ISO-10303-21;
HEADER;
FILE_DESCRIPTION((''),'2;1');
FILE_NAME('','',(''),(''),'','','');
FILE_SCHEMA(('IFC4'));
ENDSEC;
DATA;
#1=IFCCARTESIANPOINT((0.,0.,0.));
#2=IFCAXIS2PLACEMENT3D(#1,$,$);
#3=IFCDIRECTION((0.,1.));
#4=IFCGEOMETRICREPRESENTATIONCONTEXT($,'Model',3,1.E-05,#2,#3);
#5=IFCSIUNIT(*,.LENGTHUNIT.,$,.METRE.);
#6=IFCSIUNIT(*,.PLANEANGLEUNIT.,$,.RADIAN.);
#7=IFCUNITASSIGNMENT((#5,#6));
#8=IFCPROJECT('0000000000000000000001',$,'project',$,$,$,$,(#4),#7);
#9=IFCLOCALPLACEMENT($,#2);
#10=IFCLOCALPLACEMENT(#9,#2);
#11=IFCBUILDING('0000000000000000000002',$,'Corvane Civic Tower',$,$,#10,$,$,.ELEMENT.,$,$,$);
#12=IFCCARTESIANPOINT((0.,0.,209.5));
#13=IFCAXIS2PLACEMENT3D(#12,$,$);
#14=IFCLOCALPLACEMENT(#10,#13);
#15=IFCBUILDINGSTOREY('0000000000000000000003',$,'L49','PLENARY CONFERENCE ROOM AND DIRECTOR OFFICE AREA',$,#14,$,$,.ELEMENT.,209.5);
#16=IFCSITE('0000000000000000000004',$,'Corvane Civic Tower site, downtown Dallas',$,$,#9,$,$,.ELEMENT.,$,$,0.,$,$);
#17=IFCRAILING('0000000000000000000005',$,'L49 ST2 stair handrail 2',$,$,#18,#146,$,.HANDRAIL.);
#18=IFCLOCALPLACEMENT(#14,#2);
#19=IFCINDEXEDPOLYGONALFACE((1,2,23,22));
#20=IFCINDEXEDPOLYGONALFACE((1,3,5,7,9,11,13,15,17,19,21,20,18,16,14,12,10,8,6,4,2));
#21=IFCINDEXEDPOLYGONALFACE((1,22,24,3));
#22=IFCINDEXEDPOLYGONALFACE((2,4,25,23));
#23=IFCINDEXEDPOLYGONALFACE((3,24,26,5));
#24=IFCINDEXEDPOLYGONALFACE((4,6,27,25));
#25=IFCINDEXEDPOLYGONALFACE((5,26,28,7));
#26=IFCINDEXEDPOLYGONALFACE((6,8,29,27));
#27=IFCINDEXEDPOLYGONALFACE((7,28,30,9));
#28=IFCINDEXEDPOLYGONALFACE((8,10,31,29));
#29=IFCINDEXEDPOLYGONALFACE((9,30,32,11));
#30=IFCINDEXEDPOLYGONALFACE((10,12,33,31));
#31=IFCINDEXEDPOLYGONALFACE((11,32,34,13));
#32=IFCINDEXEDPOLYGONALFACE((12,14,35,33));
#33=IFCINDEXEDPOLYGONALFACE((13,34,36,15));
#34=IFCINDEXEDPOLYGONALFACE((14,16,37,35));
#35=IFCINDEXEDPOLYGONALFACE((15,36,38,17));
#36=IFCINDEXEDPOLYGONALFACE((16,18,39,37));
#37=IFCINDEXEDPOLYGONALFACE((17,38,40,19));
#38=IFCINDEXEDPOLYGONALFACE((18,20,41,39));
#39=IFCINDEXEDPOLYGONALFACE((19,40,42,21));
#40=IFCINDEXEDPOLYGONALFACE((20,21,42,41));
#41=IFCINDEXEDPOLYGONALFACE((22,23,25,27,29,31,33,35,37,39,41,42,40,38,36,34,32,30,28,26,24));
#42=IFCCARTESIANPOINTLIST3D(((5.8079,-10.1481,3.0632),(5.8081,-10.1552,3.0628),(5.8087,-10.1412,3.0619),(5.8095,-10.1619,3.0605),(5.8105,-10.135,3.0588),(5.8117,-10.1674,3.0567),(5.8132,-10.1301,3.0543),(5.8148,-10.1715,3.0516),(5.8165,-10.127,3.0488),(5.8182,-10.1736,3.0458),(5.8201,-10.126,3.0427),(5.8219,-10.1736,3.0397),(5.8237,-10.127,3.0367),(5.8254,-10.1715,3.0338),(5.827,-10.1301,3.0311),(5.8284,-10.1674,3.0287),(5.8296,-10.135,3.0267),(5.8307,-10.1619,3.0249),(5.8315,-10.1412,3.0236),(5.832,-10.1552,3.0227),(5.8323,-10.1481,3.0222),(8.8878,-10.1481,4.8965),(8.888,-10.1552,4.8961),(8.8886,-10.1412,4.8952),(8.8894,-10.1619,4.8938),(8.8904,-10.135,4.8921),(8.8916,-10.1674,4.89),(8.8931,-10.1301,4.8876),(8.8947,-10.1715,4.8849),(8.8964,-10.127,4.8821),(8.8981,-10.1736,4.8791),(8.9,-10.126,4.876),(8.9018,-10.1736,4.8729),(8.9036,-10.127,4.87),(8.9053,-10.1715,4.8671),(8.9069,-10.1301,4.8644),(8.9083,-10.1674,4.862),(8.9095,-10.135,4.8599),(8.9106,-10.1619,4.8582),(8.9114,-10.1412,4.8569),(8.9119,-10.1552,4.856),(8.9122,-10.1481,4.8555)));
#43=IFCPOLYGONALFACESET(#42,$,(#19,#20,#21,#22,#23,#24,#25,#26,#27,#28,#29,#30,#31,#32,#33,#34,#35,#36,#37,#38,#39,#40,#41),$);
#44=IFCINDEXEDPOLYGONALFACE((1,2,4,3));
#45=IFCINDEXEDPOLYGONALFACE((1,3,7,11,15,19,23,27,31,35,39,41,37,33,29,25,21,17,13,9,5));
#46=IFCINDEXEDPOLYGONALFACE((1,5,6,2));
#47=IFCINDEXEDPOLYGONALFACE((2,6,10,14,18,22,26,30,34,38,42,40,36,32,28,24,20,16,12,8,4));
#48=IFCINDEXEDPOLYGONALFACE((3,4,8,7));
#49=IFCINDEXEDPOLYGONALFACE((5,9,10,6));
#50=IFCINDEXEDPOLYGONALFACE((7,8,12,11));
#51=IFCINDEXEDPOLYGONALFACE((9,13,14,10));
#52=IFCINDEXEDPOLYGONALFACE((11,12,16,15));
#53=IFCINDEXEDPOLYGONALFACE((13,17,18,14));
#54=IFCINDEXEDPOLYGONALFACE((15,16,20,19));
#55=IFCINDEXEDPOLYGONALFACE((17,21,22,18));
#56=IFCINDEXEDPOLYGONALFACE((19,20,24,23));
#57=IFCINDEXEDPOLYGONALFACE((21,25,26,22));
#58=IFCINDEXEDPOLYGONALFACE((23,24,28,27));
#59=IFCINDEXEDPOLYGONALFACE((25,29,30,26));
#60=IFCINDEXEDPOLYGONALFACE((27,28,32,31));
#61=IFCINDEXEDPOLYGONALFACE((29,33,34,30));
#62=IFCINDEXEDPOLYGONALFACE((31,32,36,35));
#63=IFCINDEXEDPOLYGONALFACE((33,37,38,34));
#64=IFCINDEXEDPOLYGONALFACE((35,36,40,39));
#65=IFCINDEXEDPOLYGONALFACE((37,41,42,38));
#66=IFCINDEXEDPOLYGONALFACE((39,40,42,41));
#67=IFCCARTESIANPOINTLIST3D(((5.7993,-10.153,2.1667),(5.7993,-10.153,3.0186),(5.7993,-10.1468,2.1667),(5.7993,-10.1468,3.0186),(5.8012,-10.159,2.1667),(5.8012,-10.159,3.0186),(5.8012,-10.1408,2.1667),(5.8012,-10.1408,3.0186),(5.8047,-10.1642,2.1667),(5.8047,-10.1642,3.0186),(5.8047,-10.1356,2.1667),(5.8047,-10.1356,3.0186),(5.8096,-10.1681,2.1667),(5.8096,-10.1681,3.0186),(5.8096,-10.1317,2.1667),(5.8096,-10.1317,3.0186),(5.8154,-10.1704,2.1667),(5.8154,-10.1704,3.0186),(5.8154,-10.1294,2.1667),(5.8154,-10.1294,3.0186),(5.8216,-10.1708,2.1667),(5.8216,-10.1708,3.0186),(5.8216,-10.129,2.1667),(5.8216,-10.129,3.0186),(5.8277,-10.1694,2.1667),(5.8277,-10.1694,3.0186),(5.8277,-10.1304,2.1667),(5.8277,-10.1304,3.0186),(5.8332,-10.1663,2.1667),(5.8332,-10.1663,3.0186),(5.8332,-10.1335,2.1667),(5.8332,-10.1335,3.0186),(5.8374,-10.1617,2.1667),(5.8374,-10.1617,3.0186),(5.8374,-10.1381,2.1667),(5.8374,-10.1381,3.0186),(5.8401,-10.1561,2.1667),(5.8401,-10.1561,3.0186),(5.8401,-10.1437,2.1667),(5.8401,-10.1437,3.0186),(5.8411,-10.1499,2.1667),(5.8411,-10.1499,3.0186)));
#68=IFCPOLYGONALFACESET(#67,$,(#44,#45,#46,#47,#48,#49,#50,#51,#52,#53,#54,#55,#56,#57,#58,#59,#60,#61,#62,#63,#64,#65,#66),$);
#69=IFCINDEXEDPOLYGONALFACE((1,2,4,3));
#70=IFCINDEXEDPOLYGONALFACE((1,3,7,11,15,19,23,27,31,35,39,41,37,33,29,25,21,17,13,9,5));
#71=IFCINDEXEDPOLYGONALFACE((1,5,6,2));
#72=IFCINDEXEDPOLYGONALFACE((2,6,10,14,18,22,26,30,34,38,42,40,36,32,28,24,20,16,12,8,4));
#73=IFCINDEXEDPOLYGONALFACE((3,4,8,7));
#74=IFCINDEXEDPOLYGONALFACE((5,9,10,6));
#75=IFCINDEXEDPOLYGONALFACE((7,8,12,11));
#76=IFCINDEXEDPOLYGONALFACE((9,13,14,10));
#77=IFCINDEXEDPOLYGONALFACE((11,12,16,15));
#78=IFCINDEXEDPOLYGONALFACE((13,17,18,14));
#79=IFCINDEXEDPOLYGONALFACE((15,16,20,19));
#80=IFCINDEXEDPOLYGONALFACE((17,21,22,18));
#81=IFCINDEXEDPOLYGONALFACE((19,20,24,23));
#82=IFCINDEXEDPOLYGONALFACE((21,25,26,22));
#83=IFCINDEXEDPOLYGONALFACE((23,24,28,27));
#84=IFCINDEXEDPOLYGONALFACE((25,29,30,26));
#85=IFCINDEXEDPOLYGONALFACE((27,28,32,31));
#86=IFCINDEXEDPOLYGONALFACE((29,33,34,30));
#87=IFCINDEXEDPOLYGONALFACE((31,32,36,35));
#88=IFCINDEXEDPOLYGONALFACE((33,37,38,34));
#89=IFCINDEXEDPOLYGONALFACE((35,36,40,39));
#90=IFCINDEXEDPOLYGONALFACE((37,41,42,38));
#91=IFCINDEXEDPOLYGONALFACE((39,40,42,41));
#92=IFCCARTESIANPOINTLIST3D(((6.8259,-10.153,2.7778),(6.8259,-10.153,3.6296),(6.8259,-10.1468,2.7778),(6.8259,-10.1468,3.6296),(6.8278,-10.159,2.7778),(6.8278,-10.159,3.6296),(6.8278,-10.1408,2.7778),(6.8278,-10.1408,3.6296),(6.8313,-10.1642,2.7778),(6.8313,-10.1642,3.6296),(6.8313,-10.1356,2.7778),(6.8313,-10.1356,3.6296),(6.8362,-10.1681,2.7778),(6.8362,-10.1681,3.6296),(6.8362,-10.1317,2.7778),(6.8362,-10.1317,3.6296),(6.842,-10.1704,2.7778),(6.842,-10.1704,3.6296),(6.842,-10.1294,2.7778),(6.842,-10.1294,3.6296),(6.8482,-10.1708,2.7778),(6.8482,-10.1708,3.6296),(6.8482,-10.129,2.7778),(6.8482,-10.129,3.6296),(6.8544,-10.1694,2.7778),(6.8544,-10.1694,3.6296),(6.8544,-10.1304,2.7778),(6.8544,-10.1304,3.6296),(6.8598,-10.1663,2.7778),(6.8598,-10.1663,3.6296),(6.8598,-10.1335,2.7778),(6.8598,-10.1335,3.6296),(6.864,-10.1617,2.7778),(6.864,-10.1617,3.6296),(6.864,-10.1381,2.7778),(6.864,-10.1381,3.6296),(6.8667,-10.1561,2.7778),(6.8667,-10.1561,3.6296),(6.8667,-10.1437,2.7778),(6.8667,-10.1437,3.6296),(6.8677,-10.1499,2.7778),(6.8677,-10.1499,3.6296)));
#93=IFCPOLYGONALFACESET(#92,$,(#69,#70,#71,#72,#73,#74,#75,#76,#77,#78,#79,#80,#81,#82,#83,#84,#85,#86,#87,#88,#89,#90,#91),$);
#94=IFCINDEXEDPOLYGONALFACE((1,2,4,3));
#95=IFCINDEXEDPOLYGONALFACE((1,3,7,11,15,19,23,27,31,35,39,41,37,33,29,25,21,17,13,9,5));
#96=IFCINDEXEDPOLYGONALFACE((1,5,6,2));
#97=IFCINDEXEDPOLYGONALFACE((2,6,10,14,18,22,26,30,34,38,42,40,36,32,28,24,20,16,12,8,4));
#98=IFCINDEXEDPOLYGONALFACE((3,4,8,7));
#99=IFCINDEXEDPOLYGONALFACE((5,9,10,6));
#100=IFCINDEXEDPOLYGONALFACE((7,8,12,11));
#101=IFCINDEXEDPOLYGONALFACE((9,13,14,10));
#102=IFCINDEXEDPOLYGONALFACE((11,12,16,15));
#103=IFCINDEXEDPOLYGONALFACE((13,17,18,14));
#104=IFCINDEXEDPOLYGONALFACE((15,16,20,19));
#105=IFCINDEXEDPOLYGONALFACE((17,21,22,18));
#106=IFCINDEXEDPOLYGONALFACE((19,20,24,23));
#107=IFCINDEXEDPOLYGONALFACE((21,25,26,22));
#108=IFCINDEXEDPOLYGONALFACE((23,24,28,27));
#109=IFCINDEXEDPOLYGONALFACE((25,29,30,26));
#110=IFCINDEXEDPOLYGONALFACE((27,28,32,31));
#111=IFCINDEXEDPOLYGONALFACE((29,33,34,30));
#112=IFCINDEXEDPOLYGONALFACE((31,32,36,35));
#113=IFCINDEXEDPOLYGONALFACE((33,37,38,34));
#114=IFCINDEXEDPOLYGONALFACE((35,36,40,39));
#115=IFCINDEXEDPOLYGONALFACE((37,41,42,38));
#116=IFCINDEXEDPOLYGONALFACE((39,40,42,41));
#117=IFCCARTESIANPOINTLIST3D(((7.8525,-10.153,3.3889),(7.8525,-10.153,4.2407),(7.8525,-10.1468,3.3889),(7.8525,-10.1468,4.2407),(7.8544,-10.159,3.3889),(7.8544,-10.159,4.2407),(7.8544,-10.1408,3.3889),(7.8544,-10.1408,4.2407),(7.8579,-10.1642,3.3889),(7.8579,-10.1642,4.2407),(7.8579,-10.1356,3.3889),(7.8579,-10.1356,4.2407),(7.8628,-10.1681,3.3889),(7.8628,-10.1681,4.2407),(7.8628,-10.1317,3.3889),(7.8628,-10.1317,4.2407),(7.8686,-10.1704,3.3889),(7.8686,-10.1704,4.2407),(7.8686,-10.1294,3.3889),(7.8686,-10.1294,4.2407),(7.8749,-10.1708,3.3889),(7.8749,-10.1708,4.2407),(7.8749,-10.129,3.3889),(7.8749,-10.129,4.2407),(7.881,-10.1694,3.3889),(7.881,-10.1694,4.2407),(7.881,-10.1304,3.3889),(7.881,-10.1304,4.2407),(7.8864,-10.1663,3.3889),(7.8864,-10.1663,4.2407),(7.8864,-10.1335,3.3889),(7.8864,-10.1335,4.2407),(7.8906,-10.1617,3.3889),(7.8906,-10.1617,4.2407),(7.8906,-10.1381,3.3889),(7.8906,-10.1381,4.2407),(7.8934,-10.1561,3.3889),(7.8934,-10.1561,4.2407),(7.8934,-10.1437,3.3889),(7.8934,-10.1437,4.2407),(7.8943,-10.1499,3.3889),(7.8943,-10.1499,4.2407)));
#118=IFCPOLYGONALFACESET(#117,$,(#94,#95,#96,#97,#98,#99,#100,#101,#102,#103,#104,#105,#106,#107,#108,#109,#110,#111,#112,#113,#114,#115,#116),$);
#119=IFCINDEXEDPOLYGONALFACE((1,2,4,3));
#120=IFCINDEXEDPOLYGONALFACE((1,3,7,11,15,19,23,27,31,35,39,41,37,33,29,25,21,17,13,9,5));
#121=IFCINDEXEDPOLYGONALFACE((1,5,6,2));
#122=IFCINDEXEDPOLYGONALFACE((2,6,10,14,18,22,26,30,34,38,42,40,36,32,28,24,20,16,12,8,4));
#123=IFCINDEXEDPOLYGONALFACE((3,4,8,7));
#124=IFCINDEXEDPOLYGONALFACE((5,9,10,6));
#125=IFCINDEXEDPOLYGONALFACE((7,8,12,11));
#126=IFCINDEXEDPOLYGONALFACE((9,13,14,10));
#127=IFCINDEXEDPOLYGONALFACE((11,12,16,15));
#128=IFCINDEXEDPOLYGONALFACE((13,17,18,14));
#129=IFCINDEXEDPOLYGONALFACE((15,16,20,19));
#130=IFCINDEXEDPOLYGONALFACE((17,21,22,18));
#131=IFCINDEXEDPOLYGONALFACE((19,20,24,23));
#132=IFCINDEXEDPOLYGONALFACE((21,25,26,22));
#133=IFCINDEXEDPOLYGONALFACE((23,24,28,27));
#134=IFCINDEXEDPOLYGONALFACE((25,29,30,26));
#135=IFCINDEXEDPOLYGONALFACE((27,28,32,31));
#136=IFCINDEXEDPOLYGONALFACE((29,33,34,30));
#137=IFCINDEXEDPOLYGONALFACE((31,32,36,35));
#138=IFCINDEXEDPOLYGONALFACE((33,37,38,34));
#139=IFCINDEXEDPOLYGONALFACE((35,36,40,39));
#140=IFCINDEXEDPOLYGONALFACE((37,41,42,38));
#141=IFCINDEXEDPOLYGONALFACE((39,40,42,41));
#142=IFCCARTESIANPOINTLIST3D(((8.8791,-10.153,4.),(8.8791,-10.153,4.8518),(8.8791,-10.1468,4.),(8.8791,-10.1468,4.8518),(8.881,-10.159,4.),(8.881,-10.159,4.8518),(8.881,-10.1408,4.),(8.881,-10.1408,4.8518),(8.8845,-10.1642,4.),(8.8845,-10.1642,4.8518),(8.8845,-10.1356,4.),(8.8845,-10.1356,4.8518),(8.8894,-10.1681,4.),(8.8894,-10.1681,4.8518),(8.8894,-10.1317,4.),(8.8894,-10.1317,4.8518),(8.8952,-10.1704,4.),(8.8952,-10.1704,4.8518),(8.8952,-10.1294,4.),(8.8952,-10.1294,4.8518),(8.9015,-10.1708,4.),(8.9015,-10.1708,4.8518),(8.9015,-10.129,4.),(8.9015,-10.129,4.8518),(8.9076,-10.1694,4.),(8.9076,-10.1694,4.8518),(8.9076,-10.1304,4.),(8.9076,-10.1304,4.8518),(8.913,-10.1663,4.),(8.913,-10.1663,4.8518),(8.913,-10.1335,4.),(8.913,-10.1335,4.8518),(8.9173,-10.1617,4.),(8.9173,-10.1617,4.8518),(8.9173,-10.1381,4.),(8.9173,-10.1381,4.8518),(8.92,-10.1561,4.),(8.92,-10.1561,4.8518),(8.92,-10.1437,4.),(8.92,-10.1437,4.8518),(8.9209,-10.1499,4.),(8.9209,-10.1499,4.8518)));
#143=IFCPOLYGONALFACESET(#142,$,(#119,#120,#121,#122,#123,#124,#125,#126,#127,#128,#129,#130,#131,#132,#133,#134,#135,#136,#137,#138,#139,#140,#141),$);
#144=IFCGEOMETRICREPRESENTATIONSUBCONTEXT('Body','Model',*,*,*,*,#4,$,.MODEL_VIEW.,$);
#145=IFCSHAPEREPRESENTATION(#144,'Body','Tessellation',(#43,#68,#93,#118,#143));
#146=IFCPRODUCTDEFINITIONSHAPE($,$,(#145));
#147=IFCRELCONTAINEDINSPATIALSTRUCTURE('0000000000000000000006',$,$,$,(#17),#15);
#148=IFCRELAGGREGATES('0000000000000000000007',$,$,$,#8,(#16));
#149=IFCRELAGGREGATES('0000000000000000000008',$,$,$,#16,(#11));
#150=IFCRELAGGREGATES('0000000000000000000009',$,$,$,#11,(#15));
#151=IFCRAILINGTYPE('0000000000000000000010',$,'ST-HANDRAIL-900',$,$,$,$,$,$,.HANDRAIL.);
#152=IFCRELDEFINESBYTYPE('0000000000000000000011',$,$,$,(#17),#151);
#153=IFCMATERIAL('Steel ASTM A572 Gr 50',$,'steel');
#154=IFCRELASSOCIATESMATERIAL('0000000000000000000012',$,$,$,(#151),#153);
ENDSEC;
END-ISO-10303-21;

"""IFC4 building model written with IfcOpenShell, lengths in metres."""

from ifc_helpers import new_model, si_unit, direction, frame, origin, origin_2d, place, context, subcontext, project, spatial, circle, extrude, material, type_object, element, save


model = new_model("IFC4")

# Units and contexts
model_context = context("Model", 3, precision=1e-05, world=origin(), true_north=direction((0.0, 1.0)))
body_context = subcontext(model_context, "Body", "Model", "MODEL_VIEW")
ifc_project = project(units=[si_unit("LENGTHUNIT", "METRE"), si_unit("PLANEANGLEUNIT", "RADIAN")], contexts=[model_context])

# Site, building, storey
site_placement = place(None, origin())
site = spatial("IfcSite", under=ifc_project, at=site_placement, Name="Corvane Civic Tower site, downtown Dallas", CompositionType="ELEMENT", RefElevation=0.0)
building_placement = place(site_placement, origin())
building = spatial("IfcBuilding", under=site, at=building_placement, Name="Corvane Civic Tower", CompositionType="ELEMENT")
storey_placement = place(building_placement, frame((0.0, 0.0, 209.5)))
storey = spatial("IfcBuildingStorey", under=building, at=storey_placement, Name="L49", Description="PLENARY CONFERENCE ROOM AND DIRECTOR OFFICE AREA", CompositionType="ELEMENT", Elevation=209.5)

# Railing
ifc_material_1 = material(Name="Steel ASTM A572 Gr 50", Category="steel")
railing_type_1 = type_object("IfcRailingType", Name="ST-HANDRAIL-900", PredefinedType="HANDRAIL", material=ifc_material_1)
railing_1_placement = place(storey_placement, frame((5.8201, -10.1499, 2.1667)))
element("IfcRailing", 1, at=railing_1_placement, inside=storey, type_object=railing_type_1, Name="L49 ST2 stair handrail 2", PredefinedType="HANDRAIL", context=body_context, shape_type="SweptSolid", body=[
    extrude(circle(Radius=0.0239, at=origin_2d()), frame((0.0, 0.0, 0.876), z_axis=(0.859291, 0.0, 0.511487), x_axis=(0.0, 1.0, 0.0)), (0.0, 0.0, 1.0), 3.5842),
    extrude(circle(Radius=0.021, at=origin_2d()), origin(), (0.0, 0.0, 1.0), 0.8518),
    extrude(circle(Radius=0.021, at=origin_2d()), frame((1.0266, 0.0, 0.6111)), (0.0, 0.0, 1.0), 0.8518),
    extrude(circle(Radius=0.021, at=origin_2d()), frame((2.0532, 0.0, 1.2222)), (0.0, 0.0, 1.0), 0.8518),
    extrude(circle(Radius=0.021, at=origin_2d()), frame((3.0798, 0.0, 1.8333)), (0.0, 0.0, 1.0), 0.8518),
])

save(model, "model.ifc")
